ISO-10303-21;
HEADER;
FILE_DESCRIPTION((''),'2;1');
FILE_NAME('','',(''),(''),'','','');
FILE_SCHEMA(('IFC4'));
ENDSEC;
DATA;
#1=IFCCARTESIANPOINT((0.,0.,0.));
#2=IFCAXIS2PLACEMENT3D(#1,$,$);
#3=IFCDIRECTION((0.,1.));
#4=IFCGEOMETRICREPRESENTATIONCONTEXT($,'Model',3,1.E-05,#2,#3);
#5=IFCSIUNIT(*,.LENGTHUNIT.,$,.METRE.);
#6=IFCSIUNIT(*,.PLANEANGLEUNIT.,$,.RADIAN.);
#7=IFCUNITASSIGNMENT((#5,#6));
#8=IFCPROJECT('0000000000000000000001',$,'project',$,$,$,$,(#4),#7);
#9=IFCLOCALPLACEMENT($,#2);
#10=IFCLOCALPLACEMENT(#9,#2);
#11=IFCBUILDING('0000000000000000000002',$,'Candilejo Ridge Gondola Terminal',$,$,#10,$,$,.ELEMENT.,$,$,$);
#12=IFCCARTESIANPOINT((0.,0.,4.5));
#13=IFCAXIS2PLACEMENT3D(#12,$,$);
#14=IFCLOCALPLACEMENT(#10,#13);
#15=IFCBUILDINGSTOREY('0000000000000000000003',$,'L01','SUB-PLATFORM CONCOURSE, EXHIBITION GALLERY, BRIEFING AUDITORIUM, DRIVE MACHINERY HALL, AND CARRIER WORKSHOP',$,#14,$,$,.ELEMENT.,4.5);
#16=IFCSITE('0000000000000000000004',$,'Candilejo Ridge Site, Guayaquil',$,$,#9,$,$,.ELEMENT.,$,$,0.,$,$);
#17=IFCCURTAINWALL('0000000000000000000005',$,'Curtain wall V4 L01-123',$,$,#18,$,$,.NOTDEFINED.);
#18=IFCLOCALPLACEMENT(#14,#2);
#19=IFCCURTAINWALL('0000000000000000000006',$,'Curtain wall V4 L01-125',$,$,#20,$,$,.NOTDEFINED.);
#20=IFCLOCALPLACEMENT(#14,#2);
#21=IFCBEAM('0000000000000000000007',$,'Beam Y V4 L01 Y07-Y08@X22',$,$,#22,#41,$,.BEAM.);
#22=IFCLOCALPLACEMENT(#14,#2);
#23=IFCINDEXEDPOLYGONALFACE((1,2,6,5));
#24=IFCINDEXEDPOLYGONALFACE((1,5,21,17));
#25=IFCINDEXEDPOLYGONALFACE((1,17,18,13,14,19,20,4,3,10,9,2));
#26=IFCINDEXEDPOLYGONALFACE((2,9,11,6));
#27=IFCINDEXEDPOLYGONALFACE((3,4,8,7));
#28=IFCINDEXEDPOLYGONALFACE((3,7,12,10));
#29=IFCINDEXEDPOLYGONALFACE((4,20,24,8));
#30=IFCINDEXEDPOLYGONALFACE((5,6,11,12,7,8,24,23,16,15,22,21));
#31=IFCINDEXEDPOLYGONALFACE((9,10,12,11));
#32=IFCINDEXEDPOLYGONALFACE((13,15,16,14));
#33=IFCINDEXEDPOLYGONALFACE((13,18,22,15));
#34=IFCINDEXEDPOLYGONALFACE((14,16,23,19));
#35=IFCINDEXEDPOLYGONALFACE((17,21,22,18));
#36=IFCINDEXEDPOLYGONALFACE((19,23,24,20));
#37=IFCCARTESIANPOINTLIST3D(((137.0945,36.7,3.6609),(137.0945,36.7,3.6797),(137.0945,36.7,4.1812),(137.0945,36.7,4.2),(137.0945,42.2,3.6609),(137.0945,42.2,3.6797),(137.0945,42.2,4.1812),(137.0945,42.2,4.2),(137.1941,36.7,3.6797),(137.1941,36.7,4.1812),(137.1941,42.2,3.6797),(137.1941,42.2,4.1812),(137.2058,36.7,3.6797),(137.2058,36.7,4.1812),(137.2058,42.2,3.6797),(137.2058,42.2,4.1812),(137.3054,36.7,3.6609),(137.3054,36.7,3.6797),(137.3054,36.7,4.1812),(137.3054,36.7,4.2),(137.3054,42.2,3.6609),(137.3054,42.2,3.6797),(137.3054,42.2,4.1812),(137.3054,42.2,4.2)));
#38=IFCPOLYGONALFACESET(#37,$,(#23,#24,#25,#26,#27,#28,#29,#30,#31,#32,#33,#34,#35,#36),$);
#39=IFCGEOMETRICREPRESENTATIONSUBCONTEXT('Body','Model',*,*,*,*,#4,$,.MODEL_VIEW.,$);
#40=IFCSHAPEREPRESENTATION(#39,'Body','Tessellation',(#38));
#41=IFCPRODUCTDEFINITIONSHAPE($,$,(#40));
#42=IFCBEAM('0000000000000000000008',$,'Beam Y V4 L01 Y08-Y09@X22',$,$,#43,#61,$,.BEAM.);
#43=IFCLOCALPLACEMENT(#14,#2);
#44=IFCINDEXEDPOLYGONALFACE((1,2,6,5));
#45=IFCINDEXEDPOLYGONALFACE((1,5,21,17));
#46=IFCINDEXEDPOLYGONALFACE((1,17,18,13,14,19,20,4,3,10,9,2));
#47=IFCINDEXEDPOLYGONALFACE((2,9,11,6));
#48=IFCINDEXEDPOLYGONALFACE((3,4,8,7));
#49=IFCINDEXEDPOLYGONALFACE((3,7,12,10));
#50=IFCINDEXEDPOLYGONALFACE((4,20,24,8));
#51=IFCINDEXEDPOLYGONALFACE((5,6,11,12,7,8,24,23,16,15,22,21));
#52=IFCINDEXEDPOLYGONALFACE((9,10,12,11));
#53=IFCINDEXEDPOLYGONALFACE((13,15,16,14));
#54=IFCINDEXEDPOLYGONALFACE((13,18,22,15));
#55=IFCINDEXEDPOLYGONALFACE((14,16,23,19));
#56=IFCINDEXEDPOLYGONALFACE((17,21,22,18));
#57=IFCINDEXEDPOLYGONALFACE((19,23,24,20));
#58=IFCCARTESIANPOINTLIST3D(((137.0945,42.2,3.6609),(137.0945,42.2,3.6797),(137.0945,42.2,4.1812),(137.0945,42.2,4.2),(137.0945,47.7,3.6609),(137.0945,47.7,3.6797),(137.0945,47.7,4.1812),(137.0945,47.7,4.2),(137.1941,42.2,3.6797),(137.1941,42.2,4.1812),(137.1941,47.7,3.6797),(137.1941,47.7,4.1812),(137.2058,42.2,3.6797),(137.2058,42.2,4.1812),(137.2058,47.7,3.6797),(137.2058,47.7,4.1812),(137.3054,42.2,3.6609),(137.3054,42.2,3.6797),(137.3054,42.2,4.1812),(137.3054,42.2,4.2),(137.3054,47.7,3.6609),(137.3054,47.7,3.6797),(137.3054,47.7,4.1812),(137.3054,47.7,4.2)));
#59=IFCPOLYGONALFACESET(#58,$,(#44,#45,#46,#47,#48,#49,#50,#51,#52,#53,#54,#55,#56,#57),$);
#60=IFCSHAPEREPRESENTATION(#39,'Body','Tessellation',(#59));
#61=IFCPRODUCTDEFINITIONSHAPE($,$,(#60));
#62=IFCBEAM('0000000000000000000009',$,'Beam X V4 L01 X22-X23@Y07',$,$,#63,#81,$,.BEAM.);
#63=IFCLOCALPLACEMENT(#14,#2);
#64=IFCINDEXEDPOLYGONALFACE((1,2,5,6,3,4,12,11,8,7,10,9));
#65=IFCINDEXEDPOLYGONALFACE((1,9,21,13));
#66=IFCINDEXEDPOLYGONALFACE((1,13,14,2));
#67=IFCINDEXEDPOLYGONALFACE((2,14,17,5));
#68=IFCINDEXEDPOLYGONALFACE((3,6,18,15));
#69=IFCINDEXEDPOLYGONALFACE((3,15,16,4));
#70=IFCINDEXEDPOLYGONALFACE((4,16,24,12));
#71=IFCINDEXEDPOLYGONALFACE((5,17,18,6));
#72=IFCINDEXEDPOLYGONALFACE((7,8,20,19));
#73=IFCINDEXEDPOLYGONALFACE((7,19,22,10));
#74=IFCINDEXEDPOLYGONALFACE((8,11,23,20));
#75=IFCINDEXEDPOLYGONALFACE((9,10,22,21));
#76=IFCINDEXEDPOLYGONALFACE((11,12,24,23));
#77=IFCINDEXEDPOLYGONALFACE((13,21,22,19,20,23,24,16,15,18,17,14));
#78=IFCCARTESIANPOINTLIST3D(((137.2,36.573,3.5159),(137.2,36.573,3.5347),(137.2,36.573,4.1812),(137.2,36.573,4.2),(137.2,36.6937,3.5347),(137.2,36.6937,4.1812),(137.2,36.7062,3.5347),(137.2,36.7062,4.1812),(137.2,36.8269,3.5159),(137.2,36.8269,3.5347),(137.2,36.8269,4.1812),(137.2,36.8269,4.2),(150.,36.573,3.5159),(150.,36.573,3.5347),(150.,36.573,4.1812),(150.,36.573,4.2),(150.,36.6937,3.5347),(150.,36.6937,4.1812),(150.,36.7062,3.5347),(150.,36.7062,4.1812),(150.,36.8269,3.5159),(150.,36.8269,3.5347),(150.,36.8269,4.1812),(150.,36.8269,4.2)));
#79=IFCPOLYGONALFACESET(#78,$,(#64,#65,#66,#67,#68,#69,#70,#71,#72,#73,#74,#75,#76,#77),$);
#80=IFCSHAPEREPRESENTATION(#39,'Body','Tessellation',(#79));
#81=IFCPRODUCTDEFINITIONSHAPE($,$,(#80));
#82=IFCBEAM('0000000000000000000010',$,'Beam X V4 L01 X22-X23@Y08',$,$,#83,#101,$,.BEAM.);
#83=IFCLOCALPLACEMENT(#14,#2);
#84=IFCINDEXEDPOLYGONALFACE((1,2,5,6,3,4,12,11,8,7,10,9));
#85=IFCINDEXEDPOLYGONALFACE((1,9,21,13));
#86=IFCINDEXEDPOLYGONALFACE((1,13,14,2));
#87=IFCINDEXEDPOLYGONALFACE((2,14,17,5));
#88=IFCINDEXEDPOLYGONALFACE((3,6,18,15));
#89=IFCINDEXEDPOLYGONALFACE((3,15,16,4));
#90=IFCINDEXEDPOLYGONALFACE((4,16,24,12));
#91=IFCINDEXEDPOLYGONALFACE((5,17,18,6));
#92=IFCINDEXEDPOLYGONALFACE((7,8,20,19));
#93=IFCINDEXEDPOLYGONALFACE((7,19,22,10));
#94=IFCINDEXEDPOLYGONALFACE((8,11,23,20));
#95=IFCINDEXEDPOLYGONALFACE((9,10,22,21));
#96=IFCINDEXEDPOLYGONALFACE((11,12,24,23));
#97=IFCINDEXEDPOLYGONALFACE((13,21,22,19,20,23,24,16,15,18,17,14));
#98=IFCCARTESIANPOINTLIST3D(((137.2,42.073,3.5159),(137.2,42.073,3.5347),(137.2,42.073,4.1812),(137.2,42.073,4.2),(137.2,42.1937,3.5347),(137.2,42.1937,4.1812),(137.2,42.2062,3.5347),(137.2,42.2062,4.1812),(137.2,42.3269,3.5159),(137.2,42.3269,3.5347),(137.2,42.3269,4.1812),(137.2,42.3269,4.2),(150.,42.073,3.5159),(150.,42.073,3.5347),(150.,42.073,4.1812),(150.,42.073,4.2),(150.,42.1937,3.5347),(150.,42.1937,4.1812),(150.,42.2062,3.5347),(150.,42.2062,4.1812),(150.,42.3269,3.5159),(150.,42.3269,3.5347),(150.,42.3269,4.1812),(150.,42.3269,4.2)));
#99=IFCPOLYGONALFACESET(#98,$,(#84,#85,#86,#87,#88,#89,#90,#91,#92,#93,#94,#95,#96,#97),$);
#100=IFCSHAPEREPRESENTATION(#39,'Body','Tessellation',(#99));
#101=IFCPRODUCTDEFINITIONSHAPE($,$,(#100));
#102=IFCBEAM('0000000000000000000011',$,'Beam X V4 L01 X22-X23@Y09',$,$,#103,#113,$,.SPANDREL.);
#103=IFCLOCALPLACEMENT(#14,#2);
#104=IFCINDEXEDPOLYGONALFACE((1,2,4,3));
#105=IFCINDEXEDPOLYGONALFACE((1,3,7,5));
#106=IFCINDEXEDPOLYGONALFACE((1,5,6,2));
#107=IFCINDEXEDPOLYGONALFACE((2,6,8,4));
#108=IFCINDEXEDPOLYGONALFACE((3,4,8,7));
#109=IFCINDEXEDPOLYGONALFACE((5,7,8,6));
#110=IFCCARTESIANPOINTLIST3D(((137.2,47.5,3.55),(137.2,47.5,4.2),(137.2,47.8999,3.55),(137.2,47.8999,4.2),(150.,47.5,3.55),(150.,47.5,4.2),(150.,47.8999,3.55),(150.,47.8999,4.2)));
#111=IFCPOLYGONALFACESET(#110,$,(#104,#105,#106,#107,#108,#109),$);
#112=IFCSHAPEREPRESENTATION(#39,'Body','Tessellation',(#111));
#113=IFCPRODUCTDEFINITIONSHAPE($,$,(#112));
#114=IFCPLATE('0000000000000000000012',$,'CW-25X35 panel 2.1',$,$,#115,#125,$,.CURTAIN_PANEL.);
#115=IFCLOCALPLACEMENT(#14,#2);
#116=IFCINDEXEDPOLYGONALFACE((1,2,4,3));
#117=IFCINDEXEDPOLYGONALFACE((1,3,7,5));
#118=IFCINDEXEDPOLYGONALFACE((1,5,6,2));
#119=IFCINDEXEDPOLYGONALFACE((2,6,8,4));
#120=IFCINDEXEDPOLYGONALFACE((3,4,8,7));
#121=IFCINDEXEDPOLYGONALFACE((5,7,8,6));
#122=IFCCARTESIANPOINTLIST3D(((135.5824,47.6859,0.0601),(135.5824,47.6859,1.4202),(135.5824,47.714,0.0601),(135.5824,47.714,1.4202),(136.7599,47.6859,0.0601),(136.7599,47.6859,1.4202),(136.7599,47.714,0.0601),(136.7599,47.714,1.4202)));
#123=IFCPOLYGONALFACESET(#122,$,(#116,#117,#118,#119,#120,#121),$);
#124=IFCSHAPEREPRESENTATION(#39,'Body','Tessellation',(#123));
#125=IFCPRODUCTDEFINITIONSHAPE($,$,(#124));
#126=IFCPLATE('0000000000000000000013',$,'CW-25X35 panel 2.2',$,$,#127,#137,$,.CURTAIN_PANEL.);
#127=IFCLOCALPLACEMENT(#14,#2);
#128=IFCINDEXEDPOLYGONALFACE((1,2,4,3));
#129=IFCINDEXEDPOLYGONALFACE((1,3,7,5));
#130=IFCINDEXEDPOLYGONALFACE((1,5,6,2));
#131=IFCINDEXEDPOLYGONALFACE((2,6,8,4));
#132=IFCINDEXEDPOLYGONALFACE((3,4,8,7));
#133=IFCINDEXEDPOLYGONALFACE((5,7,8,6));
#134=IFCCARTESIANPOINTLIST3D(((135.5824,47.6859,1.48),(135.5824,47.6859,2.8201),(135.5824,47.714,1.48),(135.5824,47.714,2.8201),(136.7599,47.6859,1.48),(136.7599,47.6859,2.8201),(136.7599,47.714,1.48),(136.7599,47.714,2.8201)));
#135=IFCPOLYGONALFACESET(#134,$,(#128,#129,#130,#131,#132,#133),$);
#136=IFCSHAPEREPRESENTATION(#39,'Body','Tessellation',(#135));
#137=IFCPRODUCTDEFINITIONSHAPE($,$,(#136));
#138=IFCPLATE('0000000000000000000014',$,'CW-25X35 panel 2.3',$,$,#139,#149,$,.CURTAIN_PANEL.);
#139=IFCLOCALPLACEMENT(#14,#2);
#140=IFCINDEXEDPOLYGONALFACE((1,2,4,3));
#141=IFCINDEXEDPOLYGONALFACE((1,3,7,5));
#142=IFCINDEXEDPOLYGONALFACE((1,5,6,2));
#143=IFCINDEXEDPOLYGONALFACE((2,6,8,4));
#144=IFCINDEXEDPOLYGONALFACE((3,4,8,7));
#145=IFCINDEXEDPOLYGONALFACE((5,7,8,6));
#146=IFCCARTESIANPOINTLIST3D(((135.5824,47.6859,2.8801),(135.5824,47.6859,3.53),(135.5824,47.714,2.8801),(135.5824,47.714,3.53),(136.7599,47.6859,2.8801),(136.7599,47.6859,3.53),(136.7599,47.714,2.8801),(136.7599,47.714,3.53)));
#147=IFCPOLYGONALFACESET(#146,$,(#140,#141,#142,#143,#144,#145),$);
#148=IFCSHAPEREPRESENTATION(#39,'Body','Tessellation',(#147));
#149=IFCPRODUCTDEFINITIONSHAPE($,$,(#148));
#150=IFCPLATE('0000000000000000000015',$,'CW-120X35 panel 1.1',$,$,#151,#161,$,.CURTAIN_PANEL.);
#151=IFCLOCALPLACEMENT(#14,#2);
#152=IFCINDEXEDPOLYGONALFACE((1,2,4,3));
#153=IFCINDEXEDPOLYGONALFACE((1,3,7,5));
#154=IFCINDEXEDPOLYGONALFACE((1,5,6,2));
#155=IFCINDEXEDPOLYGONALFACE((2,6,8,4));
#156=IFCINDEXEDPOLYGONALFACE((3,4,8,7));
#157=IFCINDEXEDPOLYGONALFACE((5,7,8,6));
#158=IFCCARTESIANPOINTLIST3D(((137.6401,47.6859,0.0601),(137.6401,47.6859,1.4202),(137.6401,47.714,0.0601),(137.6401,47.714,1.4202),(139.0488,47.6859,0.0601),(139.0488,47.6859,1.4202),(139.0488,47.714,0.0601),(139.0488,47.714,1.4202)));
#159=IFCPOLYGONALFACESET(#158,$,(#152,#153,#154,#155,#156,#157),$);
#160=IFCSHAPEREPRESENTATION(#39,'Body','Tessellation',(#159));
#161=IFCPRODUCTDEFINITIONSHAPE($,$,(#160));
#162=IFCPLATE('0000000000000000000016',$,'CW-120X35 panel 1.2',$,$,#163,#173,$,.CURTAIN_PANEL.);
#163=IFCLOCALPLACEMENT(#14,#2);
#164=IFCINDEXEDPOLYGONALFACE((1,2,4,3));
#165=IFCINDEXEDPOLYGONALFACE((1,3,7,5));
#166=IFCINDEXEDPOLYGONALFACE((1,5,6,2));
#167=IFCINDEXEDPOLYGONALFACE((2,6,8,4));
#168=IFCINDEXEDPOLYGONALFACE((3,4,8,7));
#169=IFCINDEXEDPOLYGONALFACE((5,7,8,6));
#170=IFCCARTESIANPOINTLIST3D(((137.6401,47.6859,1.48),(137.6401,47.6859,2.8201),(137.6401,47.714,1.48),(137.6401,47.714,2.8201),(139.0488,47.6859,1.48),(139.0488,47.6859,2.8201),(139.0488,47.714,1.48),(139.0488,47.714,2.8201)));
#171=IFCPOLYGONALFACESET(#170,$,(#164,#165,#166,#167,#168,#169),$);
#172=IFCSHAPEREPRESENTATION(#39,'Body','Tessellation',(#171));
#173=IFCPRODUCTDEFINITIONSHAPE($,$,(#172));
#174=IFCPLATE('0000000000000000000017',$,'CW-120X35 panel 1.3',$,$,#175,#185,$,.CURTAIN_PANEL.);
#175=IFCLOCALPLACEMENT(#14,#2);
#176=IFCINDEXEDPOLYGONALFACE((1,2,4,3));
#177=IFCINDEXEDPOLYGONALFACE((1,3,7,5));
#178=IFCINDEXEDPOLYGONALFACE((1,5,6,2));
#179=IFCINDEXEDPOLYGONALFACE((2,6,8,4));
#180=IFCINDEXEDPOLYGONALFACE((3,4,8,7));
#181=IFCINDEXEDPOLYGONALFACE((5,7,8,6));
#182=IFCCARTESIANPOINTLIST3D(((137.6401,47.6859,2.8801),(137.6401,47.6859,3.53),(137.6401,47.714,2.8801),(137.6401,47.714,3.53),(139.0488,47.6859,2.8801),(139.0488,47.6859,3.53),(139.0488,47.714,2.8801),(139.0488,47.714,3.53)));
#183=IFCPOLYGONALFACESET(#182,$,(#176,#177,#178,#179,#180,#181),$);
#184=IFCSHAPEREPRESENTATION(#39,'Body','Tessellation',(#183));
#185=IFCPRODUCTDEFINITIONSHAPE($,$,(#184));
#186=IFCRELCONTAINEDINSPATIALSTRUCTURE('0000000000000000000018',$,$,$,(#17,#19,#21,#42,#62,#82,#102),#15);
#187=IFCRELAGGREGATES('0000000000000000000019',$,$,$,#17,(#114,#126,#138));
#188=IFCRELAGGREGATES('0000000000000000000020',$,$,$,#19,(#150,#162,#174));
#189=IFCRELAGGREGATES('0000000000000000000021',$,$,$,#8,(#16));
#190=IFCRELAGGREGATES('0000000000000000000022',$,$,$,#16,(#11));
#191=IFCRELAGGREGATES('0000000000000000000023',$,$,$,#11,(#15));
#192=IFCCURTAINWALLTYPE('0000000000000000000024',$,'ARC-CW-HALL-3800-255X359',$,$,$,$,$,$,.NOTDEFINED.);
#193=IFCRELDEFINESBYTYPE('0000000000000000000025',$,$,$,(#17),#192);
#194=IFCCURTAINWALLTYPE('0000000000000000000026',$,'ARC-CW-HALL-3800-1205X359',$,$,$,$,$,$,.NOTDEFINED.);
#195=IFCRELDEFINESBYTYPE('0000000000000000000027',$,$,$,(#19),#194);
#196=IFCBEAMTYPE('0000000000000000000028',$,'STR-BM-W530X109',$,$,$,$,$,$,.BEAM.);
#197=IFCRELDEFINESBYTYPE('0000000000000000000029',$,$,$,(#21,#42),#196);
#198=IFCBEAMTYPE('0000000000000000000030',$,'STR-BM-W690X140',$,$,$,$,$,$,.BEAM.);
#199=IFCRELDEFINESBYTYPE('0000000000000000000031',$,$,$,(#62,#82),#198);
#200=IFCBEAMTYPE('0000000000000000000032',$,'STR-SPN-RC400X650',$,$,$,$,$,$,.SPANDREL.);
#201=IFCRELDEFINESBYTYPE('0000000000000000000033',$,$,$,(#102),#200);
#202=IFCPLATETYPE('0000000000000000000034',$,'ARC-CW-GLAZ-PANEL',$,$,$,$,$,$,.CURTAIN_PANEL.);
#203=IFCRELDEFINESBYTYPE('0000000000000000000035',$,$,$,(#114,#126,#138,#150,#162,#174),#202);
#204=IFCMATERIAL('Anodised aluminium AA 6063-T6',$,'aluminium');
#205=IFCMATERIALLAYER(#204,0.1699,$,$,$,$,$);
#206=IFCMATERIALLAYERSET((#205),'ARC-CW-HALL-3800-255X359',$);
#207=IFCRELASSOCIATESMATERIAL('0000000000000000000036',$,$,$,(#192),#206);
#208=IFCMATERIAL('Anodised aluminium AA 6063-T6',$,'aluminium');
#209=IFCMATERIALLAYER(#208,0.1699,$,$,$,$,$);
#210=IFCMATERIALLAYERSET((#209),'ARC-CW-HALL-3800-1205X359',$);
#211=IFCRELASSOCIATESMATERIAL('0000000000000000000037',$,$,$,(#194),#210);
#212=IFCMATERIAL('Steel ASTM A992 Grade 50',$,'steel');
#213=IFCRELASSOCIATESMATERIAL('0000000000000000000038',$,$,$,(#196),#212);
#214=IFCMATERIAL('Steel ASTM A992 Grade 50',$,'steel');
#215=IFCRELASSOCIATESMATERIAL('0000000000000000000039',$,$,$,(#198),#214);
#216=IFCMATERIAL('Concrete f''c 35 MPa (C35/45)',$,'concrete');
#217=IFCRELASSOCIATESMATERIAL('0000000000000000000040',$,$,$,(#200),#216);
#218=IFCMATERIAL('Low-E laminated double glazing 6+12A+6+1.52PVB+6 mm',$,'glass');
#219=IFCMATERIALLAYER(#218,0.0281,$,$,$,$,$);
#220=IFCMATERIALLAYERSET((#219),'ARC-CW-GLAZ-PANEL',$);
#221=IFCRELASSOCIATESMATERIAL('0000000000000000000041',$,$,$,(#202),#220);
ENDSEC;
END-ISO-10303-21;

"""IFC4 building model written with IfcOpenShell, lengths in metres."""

from ifc_helpers import new_model, si_unit, direction, frame, origin, origin_2d, place, context, subcontext, project, spatial, rectangle, i_section, extrude, material, layer, layer_set, material_profile, profile_set, type_object, element, aggregate, save


model = new_model("IFC4")

# Units and contexts
model_context = context("Model", 3, precision=1e-05, world=origin(), true_north=direction((0.0, 1.0)))
body_context = subcontext(model_context, "Body", "Model", "MODEL_VIEW")
ifc_project = project(units=[si_unit("LENGTHUNIT", "METRE"), si_unit("PLANEANGLEUNIT", "RADIAN")], contexts=[model_context])

# Site, building, storey
site_placement = place(None, origin())
site = spatial("IfcSite", under=ifc_project, at=site_placement, Name="Candilejo Ridge Site, Guayaquil", CompositionType="ELEMENT", RefElevation=0.0)
building_placement = place(site_placement, origin())
building = spatial("IfcBuilding", under=site, at=building_placement, Name="Candilejo Ridge Gondola Terminal", CompositionType="ELEMENT")
storey_placement = place(building_placement, frame((0.0, 0.0, 4.5)))
storey = spatial("IfcBuildingStorey", under=building, at=storey_placement, Name="L01", Description="SUB-PLATFORM CONCOURSE, EXHIBITION GALLERY, BRIEFING AUDITORIUM, DRIVE MACHINERY HALL, AND CARRIER WORKSHOP", CompositionType="ELEMENT", Elevation=4.5)

# Curtain wall
ifc_material_1 = material(Name="Anodised aluminium AA 6063-T6", Category="aluminium")
ifc_layer_1 = layer(ifc_material_1, 0.1699)
ifc_layer_set_1 = layer_set([ifc_layer_1], Name="ARC-CW-HALL-3800-255X359")
curtain_wall_type_1 = type_object("IfcCurtainWallType", Name="ARC-CW-HALL-3800-255X359", PredefinedType="NOTDEFINED", material=ifc_layer_set_1)
curtain_wall_1_placement = place(storey_placement, origin())
curtain_wall_1 = element("IfcCurtainWall", 1, at=curtain_wall_1_placement, inside=storey, type_object=curtain_wall_type_1, Name="Curtain wall V4 L01-123", PredefinedType="NOTDEFINED")

# Curtain wall
ifc_material_2 = material(Name="Anodised aluminium AA 6063-T6", Category="aluminium")
ifc_layer_2 = layer(ifc_material_2, 0.1699)
ifc_layer_set_2 = layer_set([ifc_layer_2], Name="ARC-CW-HALL-3800-1205X359")
curtain_wall_type_2 = type_object("IfcCurtainWallType", Name="ARC-CW-HALL-3800-1205X359", PredefinedType="NOTDEFINED", material=ifc_layer_set_2)
curtain_wall_2_placement = place(storey_placement, origin())
curtain_wall_2 = element("IfcCurtainWall", 2, at=curtain_wall_2_placement, inside=storey, type_object=curtain_wall_type_2, Name="Curtain wall V4 L01-125", PredefinedType="NOTDEFINED")

# Beams
ifc_material_3 = material(Name="Steel ASTM A992 Grade 50", Category="steel")
ifc_material_profile_1 = material_profile(ifc_material_3, i_section(OverallWidth=0.2109, OverallDepth=0.5391, WebThickness=0.0117, FlangeThickness=0.0188, at=origin_2d()))
ifc_profile_set_1 = profile_set([ifc_material_profile_1], Name="Steel ASTM A992 Grade 50")
beam_type_1 = type_object("IfcBeamType", Name="STR-BM-W530X109", PredefinedType="BEAM", material=ifc_profile_set_1)
for number, where, z_axis, x_axis, name in (
    (3, (137.2, 36.7, 3.9304), (0.0, 1.0, 0.0), (-1.0, 0.0, 0.0), "Beam Y V4 L01 Y07-Y08@X22"),
    (4, (137.2, 42.2, 3.9304), (0.0, 1.0, 0.0), (-1.0, 0.0, 0.0), "Beam Y V4 L01 Y08-Y09@X22"),
):
    element("IfcBeam", number, at=place(storey_placement, frame(where, z_axis=z_axis, x_axis=x_axis)), inside=storey, type_object=beam_type_1, Name=name, PredefinedType="BEAM", context=body_context, shape_type="SweptSolid", body=[
        extrude(i_section(OverallWidth=0.2109, OverallDepth=0.5391, WebThickness=0.0117, FlangeThickness=0.0188, at=origin_2d()), origin(), (0.0, 0.0, 1.0), 5.5),
    ])
ifc_material_4 = material(Name="Steel ASTM A992 Grade 50", Category="steel")
ifc_material_profile_2 = material_profile(ifc_material_4, i_section(OverallWidth=0.2539, OverallDepth=0.6841, WebThickness=0.0125, FlangeThickness=0.0188, at=origin_2d()))
ifc_profile_set_2 = profile_set([ifc_material_profile_2], Name="Steel ASTM A992 Grade 50")
beam_type_2 = type_object("IfcBeamType", Name="STR-BM-W690X140", PredefinedType="BEAM", material=ifc_profile_set_2)
for number, where, z_axis, x_axis, name in (
    (5, (137.2, 36.7, 3.8579), (1.0, 0.0, 0.0), (0.0, 1.0, 0.0), "Beam X V4 L01 X22-X23@Y07"),
    (6, (137.2, 42.2, 3.8579), (1.0, 0.0, 0.0), (0.0, 1.0, 0.0), "Beam X V4 L01 X22-X23@Y08"),
):
    element("IfcBeam", number, at=place(storey_placement, frame(where, z_axis=z_axis, x_axis=x_axis)), inside=storey, type_object=beam_type_2, Name=name, PredefinedType="BEAM", context=body_context, shape_type="SweptSolid", body=[
        extrude(i_section(OverallWidth=0.2539, OverallDepth=0.6841, WebThickness=0.0125, FlangeThickness=0.0188, at=origin_2d()), origin(), (0.0, 0.0, 1.0), 12.8),
    ])
ifc_material_5 = material(Name="Concrete f'c 35 MPa (C35/45)", Category="concrete")
ifc_material_profile_3 = material_profile(ifc_material_5, rectangle(XDim=0.3999, YDim=0.6499, at=origin_2d()))
ifc_profile_set_3 = profile_set([ifc_material_profile_3], Name="Concrete f'c 35 MPa (C35/45)")
beam_type_3 = type_object("IfcBeamType", Name="STR-SPN-RC400X650", PredefinedType="SPANDREL", material=ifc_profile_set_3)
beam_placement = place(storey_placement, frame((137.2, 47.7, 3.875), z_axis=(1.0, 0.0, 0.0), x_axis=(0.0, 1.0, 0.0)))
element("IfcBeam", 7, at=beam_placement, inside=storey, type_object=beam_type_3, Name="Beam X V4 L01 X22-X23@Y09", PredefinedType="SPANDREL", context=body_context, shape_type="SweptSolid", body=[
    extrude(rectangle(XDim=0.3999, YDim=0.6499, at=origin_2d()), origin(), (0.0, 0.0, 1.0), 12.8),
])

# Plates
ifc_material_6 = material(Name="Low-E laminated double glazing 6+12A+6+1.52PVB+6 mm", Category="glass")
ifc_layer_3 = layer(ifc_material_6, 0.0281)
ifc_layer_set_3 = layer_set([ifc_layer_3], Name="ARC-CW-GLAZ-PANEL")
plate_type = type_object("IfcPlateType", Name="ARC-CW-GLAZ-PANEL", PredefinedType="CURTAIN_PANEL", material=ifc_layer_set_3)
plate_1_placement = place(storey_placement, frame((136.1711, 47.7, 0.0601), z_axis=(0.0, 0.0, 1.0), x_axis=(1.0, 0.0, 0.0)))
plate_1 = element("IfcPlate", 8, at=plate_1_placement, type_object=plate_type, Name="CW-25X35 panel 2.1", PredefinedType="CURTAIN_PANEL", context=body_context, shape_type="SweptSolid", body=[
    extrude(rectangle(XDim=1.1775, YDim=0.0281, at=origin_2d()), origin(), (0.0, 0.0, 1.0), 1.3601),
])
plate_2_placement = place(storey_placement, frame((136.1711, 47.7, 1.48), z_axis=(0.0, 0.0, 1.0), x_axis=(1.0, 0.0, 0.0)))
plate_2 = element("IfcPlate", 9, at=plate_2_placement, type_object=plate_type, Name="CW-25X35 panel 2.2", PredefinedType="CURTAIN_PANEL", context=body_context, shape_type="SweptSolid", body=[
    extrude(rectangle(XDim=1.1775, YDim=0.0281, at=origin_2d()), origin(), (0.0, 0.0, 1.0), 1.3401),
])
plate_3_placement = place(storey_placement, frame((136.1711, 47.7, 2.8801), z_axis=(0.0, 0.0, 1.0), x_axis=(1.0, 0.0, 0.0)))
plate_3 = element("IfcPlate", 10, at=plate_3_placement, type_object=plate_type, Name="CW-25X35 panel 2.3", PredefinedType="CURTAIN_PANEL", context=body_context, shape_type="SweptSolid", body=[
    extrude(rectangle(XDim=1.1775, YDim=0.0281, at=origin_2d()), origin(), (0.0, 0.0, 1.0), 0.6499),
])
aggregate(curtain_wall_1, [plate_1, plate_2, plate_3])
plate_4_placement = place(storey_placement, frame((138.3445, 47.7, 0.0601), z_axis=(0.0, 0.0, 1.0), x_axis=(1.0, 0.0, 0.0)))
plate_4 = element("IfcPlate", 11, at=plate_4_placement, type_object=plate_type, Name="CW-120X35 panel 1.1", PredefinedType="CURTAIN_PANEL", context=body_context, shape_type="SweptSolid", body=[
    extrude(rectangle(XDim=1.4087, YDim=0.0281, at=origin_2d()), origin(), (0.0, 0.0, 1.0), 1.3601),
])
plate_5_placement = place(storey_placement, frame((138.3445, 47.7, 1.48), z_axis=(0.0, 0.0, 1.0), x_axis=(1.0, 0.0, 0.0)))
plate_5 = element("IfcPlate", 12, at=plate_5_placement, type_object=plate_type, Name="CW-120X35 panel 1.2", PredefinedType="CURTAIN_PANEL", context=body_context, shape_type="SweptSolid", body=[
    extrude(rectangle(XDim=1.4087, YDim=0.0281, at=origin_2d()), origin(), (0.0, 0.0, 1.0), 1.3401),
])
plate_6_placement = place(storey_placement, frame((138.3445, 47.7, 2.8801), z_axis=(0.0, 0.0, 1.0), x_axis=(1.0, 0.0, 0.0)))
plate_6 = element("IfcPlate", 13, at=plate_6_placement, type_object=plate_type, Name="CW-120X35 panel 1.3", PredefinedType="CURTAIN_PANEL", context=body_context, shape_type="SweptSolid", body=[
    extrude(rectangle(XDim=1.4087, YDim=0.0281, at=origin_2d()), origin(), (0.0, 0.0, 1.0), 0.6499),
])
aggregate(curtain_wall_2, [plate_4, plate_5, plate_6])

save(model, "model.ifc")
